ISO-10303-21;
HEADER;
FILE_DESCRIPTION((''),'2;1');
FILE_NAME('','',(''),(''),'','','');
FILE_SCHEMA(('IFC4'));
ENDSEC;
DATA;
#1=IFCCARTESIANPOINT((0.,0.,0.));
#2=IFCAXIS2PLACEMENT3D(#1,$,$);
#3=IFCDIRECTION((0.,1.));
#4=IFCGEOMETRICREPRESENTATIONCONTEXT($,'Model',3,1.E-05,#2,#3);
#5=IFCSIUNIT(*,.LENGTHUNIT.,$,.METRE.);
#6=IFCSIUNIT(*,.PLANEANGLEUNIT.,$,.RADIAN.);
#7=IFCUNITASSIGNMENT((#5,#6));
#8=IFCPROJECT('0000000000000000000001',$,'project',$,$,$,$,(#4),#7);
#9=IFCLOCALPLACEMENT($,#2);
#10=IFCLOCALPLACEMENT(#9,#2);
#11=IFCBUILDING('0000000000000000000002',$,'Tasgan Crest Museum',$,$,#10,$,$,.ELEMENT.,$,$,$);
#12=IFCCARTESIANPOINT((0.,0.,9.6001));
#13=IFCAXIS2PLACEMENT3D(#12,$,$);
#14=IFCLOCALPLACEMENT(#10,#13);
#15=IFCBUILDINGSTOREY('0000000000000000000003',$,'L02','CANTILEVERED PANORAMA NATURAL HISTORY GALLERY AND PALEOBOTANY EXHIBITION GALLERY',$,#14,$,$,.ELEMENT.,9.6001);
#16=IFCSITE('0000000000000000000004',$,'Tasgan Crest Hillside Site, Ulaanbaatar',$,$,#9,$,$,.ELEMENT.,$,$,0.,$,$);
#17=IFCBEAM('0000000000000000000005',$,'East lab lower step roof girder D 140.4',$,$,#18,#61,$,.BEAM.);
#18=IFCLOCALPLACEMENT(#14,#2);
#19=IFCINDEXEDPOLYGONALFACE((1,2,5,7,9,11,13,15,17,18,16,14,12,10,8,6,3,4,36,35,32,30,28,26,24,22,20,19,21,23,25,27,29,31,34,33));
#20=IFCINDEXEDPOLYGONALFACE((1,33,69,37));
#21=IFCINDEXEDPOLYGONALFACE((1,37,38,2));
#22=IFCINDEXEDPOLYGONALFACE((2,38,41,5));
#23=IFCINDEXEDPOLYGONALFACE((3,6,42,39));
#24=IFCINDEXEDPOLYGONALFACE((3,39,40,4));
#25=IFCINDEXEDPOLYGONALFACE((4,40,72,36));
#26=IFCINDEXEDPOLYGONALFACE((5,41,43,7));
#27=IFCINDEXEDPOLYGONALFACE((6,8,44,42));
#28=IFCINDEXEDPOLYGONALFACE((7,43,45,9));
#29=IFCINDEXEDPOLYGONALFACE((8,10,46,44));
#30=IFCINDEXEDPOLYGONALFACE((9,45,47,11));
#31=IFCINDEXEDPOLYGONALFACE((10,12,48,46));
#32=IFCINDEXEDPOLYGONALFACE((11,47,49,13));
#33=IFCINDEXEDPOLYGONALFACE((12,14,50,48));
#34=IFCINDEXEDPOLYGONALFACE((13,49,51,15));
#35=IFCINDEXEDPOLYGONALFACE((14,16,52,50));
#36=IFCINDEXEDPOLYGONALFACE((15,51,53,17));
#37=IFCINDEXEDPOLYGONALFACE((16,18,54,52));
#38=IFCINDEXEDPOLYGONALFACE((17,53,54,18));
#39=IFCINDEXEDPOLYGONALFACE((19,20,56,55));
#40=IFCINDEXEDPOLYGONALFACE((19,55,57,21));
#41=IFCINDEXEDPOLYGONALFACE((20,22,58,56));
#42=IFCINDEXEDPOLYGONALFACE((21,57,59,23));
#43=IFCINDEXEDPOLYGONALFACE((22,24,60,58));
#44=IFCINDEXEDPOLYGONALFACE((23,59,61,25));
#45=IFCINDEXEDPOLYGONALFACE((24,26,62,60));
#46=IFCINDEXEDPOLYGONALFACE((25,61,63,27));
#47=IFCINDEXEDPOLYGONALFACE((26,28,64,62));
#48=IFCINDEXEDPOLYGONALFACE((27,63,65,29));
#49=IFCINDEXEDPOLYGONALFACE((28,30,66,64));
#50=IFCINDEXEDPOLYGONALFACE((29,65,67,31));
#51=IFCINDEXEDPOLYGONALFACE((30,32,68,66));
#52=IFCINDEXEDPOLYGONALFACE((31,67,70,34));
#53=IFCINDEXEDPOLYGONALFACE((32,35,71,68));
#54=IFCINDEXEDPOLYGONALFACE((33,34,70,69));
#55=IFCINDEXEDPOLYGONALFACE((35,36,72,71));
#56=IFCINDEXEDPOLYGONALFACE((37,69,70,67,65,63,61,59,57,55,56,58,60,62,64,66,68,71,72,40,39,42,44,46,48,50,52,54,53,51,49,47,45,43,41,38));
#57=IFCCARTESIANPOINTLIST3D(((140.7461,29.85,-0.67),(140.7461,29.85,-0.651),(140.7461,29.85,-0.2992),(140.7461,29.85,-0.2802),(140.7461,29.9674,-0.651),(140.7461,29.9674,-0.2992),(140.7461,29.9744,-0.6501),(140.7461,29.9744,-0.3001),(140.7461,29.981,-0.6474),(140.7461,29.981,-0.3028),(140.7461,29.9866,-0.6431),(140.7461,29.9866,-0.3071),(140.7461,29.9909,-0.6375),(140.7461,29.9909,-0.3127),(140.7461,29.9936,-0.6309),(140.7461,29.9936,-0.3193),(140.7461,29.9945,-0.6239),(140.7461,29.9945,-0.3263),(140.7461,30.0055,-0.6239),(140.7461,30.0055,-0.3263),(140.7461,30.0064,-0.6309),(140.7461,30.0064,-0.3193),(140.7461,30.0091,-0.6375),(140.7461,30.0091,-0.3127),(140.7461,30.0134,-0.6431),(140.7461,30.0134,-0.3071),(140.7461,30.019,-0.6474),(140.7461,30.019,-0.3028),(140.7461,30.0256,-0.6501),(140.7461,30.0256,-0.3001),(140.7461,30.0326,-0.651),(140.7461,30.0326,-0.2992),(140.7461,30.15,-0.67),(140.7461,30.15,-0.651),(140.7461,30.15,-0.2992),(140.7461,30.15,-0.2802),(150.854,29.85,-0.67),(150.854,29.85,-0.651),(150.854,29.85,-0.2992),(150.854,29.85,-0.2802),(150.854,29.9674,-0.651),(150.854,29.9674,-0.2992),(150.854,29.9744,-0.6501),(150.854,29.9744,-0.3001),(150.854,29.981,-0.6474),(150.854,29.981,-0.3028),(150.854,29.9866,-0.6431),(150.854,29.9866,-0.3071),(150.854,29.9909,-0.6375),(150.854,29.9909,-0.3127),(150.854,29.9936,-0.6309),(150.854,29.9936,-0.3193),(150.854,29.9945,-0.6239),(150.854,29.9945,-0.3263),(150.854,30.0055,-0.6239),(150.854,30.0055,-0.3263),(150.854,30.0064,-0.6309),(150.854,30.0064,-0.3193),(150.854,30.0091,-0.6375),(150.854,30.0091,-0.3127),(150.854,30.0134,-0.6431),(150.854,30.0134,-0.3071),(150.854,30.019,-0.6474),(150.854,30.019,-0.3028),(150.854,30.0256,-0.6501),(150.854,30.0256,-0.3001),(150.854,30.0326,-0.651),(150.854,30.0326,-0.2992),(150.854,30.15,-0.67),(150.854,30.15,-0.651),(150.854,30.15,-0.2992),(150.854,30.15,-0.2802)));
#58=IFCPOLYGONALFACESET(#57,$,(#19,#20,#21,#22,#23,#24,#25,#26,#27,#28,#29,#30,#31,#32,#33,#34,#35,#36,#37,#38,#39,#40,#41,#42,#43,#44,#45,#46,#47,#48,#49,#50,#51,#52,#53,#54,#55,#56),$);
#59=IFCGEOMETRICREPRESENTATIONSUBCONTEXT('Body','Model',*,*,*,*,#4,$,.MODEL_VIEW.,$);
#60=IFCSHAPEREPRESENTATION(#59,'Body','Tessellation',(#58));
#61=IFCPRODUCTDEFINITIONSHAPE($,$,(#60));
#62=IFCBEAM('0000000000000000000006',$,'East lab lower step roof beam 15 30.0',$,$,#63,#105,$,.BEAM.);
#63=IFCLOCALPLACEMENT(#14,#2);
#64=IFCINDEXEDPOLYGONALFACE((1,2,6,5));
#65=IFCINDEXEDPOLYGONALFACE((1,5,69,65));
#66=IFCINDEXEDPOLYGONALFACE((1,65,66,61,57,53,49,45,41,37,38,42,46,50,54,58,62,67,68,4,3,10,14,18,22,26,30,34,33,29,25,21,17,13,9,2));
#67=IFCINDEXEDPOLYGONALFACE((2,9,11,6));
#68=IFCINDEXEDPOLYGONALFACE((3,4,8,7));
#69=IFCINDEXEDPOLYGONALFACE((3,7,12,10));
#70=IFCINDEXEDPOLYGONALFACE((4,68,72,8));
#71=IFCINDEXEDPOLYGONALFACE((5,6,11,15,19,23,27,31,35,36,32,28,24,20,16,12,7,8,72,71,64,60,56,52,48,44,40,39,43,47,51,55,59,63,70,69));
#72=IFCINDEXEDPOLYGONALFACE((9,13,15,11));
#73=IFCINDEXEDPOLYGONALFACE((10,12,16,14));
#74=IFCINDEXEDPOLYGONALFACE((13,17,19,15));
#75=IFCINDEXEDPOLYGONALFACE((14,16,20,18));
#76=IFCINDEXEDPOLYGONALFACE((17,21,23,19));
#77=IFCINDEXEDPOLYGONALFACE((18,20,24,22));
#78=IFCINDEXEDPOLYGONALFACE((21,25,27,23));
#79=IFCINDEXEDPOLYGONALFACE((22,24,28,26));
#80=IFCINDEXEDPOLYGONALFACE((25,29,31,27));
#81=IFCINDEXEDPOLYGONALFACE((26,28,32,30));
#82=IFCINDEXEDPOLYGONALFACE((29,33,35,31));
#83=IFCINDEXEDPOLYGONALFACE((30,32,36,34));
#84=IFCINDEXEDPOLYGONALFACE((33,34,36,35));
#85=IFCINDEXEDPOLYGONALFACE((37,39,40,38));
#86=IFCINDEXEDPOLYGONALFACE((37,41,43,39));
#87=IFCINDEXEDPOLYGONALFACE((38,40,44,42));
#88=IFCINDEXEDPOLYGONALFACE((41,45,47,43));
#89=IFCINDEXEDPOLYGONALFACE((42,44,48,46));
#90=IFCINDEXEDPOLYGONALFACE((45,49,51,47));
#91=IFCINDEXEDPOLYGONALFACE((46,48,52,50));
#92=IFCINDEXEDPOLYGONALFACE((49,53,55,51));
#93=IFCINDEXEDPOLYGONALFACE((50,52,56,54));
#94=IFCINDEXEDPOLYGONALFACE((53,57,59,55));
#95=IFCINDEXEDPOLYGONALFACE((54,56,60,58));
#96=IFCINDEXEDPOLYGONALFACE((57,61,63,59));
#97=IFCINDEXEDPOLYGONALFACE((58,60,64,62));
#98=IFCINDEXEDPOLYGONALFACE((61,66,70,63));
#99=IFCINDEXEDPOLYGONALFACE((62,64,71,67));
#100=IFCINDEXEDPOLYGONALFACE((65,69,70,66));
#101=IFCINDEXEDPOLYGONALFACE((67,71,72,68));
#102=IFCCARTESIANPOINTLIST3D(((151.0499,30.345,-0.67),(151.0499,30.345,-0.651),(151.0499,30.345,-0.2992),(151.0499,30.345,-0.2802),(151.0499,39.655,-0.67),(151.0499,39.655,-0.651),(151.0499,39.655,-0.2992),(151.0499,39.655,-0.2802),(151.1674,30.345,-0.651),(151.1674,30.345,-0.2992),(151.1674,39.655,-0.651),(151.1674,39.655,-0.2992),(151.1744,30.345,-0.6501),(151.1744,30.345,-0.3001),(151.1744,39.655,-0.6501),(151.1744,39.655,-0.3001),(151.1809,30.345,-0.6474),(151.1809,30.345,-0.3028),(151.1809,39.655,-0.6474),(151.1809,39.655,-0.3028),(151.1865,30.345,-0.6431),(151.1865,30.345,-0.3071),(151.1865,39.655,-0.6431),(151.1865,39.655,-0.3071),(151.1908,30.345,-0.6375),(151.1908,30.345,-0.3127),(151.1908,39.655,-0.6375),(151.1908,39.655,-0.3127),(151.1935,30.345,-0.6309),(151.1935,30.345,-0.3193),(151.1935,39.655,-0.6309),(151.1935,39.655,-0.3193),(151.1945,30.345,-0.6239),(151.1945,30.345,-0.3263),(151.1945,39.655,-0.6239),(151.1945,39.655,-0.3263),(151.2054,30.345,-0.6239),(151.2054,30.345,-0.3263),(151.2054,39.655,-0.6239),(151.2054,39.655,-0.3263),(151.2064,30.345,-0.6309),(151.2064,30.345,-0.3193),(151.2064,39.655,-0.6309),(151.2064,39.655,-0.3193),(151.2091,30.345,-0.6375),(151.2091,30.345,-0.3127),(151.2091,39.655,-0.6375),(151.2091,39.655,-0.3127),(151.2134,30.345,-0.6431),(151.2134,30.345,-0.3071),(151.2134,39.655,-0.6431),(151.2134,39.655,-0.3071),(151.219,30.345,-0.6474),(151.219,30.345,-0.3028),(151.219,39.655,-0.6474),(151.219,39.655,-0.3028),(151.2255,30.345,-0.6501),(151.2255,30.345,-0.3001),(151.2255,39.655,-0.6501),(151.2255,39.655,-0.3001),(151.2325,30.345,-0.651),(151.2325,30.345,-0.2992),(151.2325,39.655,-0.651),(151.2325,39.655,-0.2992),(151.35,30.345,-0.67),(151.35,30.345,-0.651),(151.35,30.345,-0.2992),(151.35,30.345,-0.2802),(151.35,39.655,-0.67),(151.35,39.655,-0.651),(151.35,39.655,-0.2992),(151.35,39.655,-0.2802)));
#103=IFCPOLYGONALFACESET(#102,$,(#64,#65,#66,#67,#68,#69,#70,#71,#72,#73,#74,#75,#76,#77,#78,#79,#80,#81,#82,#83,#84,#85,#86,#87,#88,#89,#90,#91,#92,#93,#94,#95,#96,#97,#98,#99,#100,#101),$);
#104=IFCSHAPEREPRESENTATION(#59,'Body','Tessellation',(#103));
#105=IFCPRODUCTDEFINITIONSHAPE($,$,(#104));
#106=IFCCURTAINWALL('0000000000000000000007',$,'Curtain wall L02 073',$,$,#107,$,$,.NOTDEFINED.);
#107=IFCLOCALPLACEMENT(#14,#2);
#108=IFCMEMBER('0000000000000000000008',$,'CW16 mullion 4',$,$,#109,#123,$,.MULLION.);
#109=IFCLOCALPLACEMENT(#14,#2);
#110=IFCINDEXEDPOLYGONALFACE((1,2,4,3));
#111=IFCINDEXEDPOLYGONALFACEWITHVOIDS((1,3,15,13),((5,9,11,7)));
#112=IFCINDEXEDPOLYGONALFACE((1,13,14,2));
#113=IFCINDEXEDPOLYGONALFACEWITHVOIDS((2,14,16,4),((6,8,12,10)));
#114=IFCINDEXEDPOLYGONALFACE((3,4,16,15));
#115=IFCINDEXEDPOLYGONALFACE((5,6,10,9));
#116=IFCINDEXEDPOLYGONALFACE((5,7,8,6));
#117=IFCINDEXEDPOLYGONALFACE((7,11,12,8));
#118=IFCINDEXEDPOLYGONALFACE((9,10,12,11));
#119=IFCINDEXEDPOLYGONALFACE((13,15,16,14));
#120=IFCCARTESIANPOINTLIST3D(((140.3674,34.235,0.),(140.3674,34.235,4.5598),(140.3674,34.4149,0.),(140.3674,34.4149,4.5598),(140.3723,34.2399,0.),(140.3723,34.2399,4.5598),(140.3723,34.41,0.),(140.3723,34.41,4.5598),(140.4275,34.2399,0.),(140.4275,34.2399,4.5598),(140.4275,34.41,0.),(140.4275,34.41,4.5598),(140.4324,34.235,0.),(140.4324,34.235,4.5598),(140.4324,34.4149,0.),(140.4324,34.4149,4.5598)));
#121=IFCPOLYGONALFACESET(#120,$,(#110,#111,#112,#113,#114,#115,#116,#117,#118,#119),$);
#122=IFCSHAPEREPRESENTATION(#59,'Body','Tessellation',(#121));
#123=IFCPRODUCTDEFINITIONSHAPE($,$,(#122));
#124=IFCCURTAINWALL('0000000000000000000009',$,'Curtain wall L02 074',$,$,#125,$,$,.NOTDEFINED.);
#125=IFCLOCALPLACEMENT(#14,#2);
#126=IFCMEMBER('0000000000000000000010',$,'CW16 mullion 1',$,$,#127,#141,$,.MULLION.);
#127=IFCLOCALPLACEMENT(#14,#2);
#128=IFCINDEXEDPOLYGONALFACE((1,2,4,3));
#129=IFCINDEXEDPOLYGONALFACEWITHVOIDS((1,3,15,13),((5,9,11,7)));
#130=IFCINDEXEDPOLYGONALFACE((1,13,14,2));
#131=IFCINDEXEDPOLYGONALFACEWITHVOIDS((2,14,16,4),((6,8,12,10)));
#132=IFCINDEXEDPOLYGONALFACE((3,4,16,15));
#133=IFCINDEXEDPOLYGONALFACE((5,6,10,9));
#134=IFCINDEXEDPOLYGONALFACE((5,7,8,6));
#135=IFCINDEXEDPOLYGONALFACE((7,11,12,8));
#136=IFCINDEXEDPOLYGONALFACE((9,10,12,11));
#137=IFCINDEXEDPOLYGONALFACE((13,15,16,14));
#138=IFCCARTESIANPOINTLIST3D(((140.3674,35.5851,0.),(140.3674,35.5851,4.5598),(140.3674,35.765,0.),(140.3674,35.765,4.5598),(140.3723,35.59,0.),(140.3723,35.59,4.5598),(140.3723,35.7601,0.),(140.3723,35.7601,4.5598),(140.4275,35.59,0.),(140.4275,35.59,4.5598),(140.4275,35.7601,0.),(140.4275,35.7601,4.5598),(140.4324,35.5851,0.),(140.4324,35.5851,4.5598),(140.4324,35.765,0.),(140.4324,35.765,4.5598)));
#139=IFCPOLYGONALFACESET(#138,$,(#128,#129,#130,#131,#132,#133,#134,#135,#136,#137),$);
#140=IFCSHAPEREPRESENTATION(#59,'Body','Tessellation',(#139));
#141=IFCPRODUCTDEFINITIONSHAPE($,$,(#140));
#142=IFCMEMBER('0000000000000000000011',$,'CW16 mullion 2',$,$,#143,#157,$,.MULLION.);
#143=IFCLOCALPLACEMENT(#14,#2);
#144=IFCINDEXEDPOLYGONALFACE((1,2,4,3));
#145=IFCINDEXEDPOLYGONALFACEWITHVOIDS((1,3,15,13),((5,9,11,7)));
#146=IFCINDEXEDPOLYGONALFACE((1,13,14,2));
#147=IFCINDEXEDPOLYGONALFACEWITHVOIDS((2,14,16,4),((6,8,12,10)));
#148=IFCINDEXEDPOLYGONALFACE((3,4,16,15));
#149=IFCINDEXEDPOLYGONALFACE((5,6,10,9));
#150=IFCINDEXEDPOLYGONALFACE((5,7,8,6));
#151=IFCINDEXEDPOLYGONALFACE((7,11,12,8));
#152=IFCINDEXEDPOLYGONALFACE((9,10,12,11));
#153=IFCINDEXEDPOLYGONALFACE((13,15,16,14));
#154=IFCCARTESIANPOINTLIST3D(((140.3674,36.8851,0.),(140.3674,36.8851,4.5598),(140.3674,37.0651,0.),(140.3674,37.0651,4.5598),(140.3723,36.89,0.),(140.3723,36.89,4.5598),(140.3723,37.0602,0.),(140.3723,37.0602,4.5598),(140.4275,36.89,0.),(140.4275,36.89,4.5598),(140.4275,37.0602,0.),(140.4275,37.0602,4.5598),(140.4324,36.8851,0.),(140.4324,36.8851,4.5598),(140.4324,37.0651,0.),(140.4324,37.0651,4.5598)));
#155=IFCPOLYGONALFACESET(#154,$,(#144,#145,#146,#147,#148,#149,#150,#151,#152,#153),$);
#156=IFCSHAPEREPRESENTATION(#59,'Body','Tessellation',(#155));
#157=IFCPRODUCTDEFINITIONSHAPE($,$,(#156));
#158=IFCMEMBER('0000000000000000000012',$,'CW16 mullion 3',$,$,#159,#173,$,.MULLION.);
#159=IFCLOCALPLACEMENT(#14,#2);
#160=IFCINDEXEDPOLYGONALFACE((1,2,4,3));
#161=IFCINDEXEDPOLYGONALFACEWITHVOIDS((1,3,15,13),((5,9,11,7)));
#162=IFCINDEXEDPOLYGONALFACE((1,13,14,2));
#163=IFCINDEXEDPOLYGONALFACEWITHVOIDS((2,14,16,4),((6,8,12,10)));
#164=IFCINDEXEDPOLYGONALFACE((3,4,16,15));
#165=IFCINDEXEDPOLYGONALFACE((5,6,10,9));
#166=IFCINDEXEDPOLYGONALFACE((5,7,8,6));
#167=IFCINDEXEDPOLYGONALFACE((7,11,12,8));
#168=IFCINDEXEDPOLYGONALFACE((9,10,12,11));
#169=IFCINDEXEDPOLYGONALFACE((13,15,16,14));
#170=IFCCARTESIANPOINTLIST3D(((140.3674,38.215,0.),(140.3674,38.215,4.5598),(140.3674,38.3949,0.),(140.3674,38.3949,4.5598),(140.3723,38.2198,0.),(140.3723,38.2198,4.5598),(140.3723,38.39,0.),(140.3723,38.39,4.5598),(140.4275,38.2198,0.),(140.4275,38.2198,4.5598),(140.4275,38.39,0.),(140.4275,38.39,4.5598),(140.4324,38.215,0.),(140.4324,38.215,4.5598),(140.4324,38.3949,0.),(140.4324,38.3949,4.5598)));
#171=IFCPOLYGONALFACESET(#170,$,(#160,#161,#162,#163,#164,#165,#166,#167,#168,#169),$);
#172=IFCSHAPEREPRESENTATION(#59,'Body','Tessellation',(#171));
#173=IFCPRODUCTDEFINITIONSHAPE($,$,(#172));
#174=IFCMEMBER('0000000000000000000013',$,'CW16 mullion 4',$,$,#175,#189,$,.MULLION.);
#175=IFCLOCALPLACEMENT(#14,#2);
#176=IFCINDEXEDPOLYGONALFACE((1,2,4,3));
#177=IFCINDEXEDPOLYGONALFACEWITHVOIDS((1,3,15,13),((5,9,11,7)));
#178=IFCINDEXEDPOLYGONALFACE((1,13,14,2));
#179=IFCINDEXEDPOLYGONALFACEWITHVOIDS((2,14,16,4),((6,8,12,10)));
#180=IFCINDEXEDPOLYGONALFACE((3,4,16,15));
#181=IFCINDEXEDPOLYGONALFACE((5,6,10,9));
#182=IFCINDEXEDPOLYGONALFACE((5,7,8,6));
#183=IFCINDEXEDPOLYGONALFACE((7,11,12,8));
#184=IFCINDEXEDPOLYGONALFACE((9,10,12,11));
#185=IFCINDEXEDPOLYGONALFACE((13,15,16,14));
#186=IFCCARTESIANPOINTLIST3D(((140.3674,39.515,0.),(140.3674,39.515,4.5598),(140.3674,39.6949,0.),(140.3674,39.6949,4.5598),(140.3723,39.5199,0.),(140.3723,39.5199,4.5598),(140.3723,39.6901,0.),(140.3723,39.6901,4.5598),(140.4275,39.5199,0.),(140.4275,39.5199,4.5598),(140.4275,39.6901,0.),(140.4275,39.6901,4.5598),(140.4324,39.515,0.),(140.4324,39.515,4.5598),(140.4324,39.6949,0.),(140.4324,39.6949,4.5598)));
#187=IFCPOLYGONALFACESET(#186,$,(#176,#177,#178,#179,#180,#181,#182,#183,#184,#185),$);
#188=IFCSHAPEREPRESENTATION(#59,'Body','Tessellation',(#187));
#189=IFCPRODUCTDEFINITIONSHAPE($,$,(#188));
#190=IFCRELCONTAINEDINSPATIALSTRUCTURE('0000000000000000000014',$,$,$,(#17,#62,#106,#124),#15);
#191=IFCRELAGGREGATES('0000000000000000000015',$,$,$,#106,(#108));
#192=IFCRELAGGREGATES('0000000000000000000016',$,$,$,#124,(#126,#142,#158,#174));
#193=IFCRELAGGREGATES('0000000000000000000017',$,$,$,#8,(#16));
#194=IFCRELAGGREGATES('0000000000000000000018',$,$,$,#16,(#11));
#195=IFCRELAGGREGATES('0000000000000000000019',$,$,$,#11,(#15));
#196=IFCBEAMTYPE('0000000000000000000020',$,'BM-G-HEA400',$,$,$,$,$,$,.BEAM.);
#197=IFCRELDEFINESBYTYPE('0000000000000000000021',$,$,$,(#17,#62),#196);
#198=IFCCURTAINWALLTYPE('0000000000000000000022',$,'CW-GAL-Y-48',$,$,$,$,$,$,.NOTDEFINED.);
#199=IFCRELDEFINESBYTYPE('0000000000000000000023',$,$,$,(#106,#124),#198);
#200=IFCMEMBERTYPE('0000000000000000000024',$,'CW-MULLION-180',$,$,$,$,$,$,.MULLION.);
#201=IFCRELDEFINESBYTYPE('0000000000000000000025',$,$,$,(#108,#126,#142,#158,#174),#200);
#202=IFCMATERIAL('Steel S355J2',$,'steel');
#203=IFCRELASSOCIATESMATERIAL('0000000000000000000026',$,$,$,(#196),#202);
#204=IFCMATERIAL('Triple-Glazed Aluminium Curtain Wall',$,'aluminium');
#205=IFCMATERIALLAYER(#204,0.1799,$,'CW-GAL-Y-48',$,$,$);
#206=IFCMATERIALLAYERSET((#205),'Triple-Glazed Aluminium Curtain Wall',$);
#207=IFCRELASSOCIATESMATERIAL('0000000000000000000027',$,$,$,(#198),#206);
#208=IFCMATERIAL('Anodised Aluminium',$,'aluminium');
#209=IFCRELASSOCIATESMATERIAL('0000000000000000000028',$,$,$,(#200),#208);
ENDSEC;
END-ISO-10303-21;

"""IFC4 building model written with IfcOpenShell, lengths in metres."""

from ifc_helpers import new_model, si_unit, direction, frame, origin, origin_2d, place, context, subcontext, project, spatial, hollow_rectangle, i_section, extrude, material, layer, layer_set, material_profile, profile_set, type_object, element, aggregate, save


model = new_model("IFC4")

# Units and contexts
model_context = context("Model", 3, precision=1e-05, world=origin(), true_north=direction((0.0, 1.0)))
body_context = subcontext(model_context, "Body", "Model", "MODEL_VIEW")
ifc_project = project(units=[si_unit("LENGTHUNIT", "METRE"), si_unit("PLANEANGLEUNIT", "RADIAN")], contexts=[model_context])

# Site, building, storey
site_placement = place(None, origin())
site = spatial("IfcSite", under=ifc_project, at=site_placement, Name="Tasgan Crest Hillside Site, Ulaanbaatar", CompositionType="ELEMENT", RefElevation=0.0)
building_placement = place(site_placement, origin())
building = spatial("IfcBuilding", under=site, at=building_placement, Name="Tasgan Crest Museum", CompositionType="ELEMENT")
storey_placement = place(building_placement, frame((0.0, 0.0, 9.6001)))
storey = spatial("IfcBuildingStorey", under=building, at=storey_placement, Name="L02", Description="CANTILEVERED PANORAMA NATURAL HISTORY GALLERY AND PALEOBOTANY EXHIBITION GALLERY", CompositionType="ELEMENT", Elevation=9.6001)

# Beams
ifc_material_1 = material(Name="Steel S355J2", Category="steel")
ifc_material_profile_1 = material_profile(ifc_material_1, i_section(OverallWidth=0.3, OverallDepth=0.3899, WebThickness=0.011, FlangeThickness=0.019, FilletRadius=0.0271, at=origin_2d()), Name="HEA 400")
ifc_profile_set_1 = profile_set([ifc_material_profile_1], Name="Steel S355J2")
beam_type = type_object("IfcBeamType", Name="BM-G-HEA400", PredefinedType="BEAM", material=ifc_profile_set_1)
beam_1_placement = place(storey_placement, frame((140.7461, 30.0, -0.4751), z_axis=(1.0, 0.0, 0.0), x_axis=(0.0, 1.0, 0.0)))
element("IfcBeam", 1, at=beam_1_placement, inside=storey, type_object=beam_type, Name="East lab lower step roof girder D 140.4", PredefinedType="BEAM", context=body_context, shape_type="SweptSolid", body=[
    extrude(i_section(OverallWidth=0.3, OverallDepth=0.3899, WebThickness=0.011, FlangeThickness=0.019, FilletRadius=0.0271, at=origin_2d()), origin(), (0.0, 0.0, 1.0), 10.1079),
])
beam_2_placement = place(storey_placement, frame((151.2, 30.345, -0.4751), z_axis=(0.0, 1.0, 0.0), x_axis=(-1.0, 0.0, 0.0)))
element("IfcBeam", 2, at=beam_2_placement, inside=storey, type_object=beam_type, Name="East lab lower step roof beam 15 30.0", PredefinedType="BEAM", context=body_context, shape_type="SweptSolid", body=[
    extrude(i_section(OverallWidth=0.3, OverallDepth=0.3899, WebThickness=0.011, FlangeThickness=0.019, FilletRadius=0.0271, at=origin_2d()), origin(), (0.0, 0.0, 1.0), 9.3101),
])

# Curtain wall, member
ifc_material_2 = material(Name="Triple-Glazed Aluminium Curtain Wall", Category="aluminium")
ifc_layer_1 = layer(ifc_material_2, 0.1799, Name="CW-GAL-Y-48")
ifc_layer_set_1 = layer_set([ifc_layer_1], Name="Triple-Glazed Aluminium Curtain Wall")
curtain_wall_type = type_object("IfcCurtainWallType", Name="CW-GAL-Y-48", PredefinedType="NOTDEFINED", material=ifc_layer_set_1)
curtain_wall_1_placement = place(storey_placement, origin())
curtain_wall_1 = element("IfcCurtainWall", 3, at=curtain_wall_1_placement, inside=storey, type_object=curtain_wall_type, Name="Curtain wall L02 073", PredefinedType="NOTDEFINED")
ifc_material_3 = material(Name="Anodised Aluminium", Category="aluminium")
ifc_material_profile_2 = material_profile(ifc_material_3, hollow_rectangle(XDim=0.0649, YDim=0.1799, WallThickness=0.0049, at=origin_2d()), Name="ALU MULLION 180x65x5")
ifc_profile_set_2 = profile_set([ifc_material_profile_2], Name="Anodised Aluminium")
member_type_1 = type_object("IfcMemberType", Name="CW-MULLION-180", PredefinedType="MULLION", material=ifc_profile_set_2)
member_1_placement = place(storey_placement, frame((140.3999, 34.325, 0.0), z_axis=(0.0, 0.0, 1.0), x_axis=(-1.0, 0.0, 0.0)))
member_1 = element("IfcMember", 4, at=member_1_placement, type_object=member_type_1, Name="CW16 mullion 4", PredefinedType="MULLION", context=body_context, shape_type="SweptSolid", body=[
    extrude(hollow_rectangle(XDim=0.0649, YDim=0.1799, WallThickness=0.0049, at=origin_2d()), origin(), (0.0, 0.0, 1.0), 4.5598),
])

# Curtain wall, members
curtain_wall_2_placement = place(storey_placement, origin())
curtain_wall_2 = element("IfcCurtainWall", 5, at=curtain_wall_2_placement, inside=storey, type_object=curtain_wall_type, Name="Curtain wall L02 074", PredefinedType="NOTDEFINED")
member_2_placement = place(storey_placement, frame((140.3999, 35.675, 0.0), z_axis=(0.0, 0.0, 1.0), x_axis=(-1.0, 0.0, 0.0)))
member_2 = element("IfcMember", 6, at=member_2_placement, type_object=member_type_1, Name="CW16 mullion 1", PredefinedType="MULLION", context=body_context, shape_type="SweptSolid", body=[
    extrude(hollow_rectangle(XDim=0.0649, YDim=0.1799, WallThickness=0.0049, at=origin_2d()), origin(), (0.0, 0.0, 1.0), 4.5598),
])
member_3_placement = place(storey_placement, frame((140.3999, 36.9751, 0.0), z_axis=(0.0, 0.0, 1.0), x_axis=(-1.0, 0.0, 0.0)))
member_3 = element("IfcMember", 7, at=member_3_placement, type_object=member_type_1, Name="CW16 mullion 2", PredefinedType="MULLION", context=body_context, shape_type="SweptSolid", body=[
    extrude(hollow_rectangle(XDim=0.0649, YDim=0.1799, WallThickness=0.0049, at=origin_2d()), origin(), (0.0, 0.0, 1.0), 4.5598),
])
member_4_placement = place(storey_placement, frame((140.3999, 38.3049, 0.0), z_axis=(0.0, 0.0, 1.0), x_axis=(-1.0, 0.0, 0.0)))
member_4 = element("IfcMember", 8, at=member_4_placement, type_object=member_type_1, Name="CW16 mullion 3", PredefinedType="MULLION", context=body_context, shape_type="SweptSolid", body=[
    extrude(hollow_rectangle(XDim=0.0649, YDim=0.1799, WallThickness=0.0049, at=origin_2d()), origin(), (0.0, 0.0, 1.0), 4.5598),
])
member_5_placement = place(storey_placement, frame((140.3999, 39.605, 0.0), z_axis=(0.0, 0.0, 1.0), x_axis=(-1.0, 0.0, 0.0)))
member_5 = element("IfcMember", 9, at=member_5_placement, type_object=member_type_1, Name="CW16 mullion 4", PredefinedType="MULLION", context=body_context, shape_type="SweptSolid", body=[
    extrude(hollow_rectangle(XDim=0.0649, YDim=0.1799, WallThickness=0.0049, at=origin_2d()), origin(), (0.0, 0.0, 1.0), 4.5598),
])

aggregate(curtain_wall_1, [member_1])
aggregate(curtain_wall_2, [member_2, member_3, member_4, member_5])

save(model, "model.ifc")
